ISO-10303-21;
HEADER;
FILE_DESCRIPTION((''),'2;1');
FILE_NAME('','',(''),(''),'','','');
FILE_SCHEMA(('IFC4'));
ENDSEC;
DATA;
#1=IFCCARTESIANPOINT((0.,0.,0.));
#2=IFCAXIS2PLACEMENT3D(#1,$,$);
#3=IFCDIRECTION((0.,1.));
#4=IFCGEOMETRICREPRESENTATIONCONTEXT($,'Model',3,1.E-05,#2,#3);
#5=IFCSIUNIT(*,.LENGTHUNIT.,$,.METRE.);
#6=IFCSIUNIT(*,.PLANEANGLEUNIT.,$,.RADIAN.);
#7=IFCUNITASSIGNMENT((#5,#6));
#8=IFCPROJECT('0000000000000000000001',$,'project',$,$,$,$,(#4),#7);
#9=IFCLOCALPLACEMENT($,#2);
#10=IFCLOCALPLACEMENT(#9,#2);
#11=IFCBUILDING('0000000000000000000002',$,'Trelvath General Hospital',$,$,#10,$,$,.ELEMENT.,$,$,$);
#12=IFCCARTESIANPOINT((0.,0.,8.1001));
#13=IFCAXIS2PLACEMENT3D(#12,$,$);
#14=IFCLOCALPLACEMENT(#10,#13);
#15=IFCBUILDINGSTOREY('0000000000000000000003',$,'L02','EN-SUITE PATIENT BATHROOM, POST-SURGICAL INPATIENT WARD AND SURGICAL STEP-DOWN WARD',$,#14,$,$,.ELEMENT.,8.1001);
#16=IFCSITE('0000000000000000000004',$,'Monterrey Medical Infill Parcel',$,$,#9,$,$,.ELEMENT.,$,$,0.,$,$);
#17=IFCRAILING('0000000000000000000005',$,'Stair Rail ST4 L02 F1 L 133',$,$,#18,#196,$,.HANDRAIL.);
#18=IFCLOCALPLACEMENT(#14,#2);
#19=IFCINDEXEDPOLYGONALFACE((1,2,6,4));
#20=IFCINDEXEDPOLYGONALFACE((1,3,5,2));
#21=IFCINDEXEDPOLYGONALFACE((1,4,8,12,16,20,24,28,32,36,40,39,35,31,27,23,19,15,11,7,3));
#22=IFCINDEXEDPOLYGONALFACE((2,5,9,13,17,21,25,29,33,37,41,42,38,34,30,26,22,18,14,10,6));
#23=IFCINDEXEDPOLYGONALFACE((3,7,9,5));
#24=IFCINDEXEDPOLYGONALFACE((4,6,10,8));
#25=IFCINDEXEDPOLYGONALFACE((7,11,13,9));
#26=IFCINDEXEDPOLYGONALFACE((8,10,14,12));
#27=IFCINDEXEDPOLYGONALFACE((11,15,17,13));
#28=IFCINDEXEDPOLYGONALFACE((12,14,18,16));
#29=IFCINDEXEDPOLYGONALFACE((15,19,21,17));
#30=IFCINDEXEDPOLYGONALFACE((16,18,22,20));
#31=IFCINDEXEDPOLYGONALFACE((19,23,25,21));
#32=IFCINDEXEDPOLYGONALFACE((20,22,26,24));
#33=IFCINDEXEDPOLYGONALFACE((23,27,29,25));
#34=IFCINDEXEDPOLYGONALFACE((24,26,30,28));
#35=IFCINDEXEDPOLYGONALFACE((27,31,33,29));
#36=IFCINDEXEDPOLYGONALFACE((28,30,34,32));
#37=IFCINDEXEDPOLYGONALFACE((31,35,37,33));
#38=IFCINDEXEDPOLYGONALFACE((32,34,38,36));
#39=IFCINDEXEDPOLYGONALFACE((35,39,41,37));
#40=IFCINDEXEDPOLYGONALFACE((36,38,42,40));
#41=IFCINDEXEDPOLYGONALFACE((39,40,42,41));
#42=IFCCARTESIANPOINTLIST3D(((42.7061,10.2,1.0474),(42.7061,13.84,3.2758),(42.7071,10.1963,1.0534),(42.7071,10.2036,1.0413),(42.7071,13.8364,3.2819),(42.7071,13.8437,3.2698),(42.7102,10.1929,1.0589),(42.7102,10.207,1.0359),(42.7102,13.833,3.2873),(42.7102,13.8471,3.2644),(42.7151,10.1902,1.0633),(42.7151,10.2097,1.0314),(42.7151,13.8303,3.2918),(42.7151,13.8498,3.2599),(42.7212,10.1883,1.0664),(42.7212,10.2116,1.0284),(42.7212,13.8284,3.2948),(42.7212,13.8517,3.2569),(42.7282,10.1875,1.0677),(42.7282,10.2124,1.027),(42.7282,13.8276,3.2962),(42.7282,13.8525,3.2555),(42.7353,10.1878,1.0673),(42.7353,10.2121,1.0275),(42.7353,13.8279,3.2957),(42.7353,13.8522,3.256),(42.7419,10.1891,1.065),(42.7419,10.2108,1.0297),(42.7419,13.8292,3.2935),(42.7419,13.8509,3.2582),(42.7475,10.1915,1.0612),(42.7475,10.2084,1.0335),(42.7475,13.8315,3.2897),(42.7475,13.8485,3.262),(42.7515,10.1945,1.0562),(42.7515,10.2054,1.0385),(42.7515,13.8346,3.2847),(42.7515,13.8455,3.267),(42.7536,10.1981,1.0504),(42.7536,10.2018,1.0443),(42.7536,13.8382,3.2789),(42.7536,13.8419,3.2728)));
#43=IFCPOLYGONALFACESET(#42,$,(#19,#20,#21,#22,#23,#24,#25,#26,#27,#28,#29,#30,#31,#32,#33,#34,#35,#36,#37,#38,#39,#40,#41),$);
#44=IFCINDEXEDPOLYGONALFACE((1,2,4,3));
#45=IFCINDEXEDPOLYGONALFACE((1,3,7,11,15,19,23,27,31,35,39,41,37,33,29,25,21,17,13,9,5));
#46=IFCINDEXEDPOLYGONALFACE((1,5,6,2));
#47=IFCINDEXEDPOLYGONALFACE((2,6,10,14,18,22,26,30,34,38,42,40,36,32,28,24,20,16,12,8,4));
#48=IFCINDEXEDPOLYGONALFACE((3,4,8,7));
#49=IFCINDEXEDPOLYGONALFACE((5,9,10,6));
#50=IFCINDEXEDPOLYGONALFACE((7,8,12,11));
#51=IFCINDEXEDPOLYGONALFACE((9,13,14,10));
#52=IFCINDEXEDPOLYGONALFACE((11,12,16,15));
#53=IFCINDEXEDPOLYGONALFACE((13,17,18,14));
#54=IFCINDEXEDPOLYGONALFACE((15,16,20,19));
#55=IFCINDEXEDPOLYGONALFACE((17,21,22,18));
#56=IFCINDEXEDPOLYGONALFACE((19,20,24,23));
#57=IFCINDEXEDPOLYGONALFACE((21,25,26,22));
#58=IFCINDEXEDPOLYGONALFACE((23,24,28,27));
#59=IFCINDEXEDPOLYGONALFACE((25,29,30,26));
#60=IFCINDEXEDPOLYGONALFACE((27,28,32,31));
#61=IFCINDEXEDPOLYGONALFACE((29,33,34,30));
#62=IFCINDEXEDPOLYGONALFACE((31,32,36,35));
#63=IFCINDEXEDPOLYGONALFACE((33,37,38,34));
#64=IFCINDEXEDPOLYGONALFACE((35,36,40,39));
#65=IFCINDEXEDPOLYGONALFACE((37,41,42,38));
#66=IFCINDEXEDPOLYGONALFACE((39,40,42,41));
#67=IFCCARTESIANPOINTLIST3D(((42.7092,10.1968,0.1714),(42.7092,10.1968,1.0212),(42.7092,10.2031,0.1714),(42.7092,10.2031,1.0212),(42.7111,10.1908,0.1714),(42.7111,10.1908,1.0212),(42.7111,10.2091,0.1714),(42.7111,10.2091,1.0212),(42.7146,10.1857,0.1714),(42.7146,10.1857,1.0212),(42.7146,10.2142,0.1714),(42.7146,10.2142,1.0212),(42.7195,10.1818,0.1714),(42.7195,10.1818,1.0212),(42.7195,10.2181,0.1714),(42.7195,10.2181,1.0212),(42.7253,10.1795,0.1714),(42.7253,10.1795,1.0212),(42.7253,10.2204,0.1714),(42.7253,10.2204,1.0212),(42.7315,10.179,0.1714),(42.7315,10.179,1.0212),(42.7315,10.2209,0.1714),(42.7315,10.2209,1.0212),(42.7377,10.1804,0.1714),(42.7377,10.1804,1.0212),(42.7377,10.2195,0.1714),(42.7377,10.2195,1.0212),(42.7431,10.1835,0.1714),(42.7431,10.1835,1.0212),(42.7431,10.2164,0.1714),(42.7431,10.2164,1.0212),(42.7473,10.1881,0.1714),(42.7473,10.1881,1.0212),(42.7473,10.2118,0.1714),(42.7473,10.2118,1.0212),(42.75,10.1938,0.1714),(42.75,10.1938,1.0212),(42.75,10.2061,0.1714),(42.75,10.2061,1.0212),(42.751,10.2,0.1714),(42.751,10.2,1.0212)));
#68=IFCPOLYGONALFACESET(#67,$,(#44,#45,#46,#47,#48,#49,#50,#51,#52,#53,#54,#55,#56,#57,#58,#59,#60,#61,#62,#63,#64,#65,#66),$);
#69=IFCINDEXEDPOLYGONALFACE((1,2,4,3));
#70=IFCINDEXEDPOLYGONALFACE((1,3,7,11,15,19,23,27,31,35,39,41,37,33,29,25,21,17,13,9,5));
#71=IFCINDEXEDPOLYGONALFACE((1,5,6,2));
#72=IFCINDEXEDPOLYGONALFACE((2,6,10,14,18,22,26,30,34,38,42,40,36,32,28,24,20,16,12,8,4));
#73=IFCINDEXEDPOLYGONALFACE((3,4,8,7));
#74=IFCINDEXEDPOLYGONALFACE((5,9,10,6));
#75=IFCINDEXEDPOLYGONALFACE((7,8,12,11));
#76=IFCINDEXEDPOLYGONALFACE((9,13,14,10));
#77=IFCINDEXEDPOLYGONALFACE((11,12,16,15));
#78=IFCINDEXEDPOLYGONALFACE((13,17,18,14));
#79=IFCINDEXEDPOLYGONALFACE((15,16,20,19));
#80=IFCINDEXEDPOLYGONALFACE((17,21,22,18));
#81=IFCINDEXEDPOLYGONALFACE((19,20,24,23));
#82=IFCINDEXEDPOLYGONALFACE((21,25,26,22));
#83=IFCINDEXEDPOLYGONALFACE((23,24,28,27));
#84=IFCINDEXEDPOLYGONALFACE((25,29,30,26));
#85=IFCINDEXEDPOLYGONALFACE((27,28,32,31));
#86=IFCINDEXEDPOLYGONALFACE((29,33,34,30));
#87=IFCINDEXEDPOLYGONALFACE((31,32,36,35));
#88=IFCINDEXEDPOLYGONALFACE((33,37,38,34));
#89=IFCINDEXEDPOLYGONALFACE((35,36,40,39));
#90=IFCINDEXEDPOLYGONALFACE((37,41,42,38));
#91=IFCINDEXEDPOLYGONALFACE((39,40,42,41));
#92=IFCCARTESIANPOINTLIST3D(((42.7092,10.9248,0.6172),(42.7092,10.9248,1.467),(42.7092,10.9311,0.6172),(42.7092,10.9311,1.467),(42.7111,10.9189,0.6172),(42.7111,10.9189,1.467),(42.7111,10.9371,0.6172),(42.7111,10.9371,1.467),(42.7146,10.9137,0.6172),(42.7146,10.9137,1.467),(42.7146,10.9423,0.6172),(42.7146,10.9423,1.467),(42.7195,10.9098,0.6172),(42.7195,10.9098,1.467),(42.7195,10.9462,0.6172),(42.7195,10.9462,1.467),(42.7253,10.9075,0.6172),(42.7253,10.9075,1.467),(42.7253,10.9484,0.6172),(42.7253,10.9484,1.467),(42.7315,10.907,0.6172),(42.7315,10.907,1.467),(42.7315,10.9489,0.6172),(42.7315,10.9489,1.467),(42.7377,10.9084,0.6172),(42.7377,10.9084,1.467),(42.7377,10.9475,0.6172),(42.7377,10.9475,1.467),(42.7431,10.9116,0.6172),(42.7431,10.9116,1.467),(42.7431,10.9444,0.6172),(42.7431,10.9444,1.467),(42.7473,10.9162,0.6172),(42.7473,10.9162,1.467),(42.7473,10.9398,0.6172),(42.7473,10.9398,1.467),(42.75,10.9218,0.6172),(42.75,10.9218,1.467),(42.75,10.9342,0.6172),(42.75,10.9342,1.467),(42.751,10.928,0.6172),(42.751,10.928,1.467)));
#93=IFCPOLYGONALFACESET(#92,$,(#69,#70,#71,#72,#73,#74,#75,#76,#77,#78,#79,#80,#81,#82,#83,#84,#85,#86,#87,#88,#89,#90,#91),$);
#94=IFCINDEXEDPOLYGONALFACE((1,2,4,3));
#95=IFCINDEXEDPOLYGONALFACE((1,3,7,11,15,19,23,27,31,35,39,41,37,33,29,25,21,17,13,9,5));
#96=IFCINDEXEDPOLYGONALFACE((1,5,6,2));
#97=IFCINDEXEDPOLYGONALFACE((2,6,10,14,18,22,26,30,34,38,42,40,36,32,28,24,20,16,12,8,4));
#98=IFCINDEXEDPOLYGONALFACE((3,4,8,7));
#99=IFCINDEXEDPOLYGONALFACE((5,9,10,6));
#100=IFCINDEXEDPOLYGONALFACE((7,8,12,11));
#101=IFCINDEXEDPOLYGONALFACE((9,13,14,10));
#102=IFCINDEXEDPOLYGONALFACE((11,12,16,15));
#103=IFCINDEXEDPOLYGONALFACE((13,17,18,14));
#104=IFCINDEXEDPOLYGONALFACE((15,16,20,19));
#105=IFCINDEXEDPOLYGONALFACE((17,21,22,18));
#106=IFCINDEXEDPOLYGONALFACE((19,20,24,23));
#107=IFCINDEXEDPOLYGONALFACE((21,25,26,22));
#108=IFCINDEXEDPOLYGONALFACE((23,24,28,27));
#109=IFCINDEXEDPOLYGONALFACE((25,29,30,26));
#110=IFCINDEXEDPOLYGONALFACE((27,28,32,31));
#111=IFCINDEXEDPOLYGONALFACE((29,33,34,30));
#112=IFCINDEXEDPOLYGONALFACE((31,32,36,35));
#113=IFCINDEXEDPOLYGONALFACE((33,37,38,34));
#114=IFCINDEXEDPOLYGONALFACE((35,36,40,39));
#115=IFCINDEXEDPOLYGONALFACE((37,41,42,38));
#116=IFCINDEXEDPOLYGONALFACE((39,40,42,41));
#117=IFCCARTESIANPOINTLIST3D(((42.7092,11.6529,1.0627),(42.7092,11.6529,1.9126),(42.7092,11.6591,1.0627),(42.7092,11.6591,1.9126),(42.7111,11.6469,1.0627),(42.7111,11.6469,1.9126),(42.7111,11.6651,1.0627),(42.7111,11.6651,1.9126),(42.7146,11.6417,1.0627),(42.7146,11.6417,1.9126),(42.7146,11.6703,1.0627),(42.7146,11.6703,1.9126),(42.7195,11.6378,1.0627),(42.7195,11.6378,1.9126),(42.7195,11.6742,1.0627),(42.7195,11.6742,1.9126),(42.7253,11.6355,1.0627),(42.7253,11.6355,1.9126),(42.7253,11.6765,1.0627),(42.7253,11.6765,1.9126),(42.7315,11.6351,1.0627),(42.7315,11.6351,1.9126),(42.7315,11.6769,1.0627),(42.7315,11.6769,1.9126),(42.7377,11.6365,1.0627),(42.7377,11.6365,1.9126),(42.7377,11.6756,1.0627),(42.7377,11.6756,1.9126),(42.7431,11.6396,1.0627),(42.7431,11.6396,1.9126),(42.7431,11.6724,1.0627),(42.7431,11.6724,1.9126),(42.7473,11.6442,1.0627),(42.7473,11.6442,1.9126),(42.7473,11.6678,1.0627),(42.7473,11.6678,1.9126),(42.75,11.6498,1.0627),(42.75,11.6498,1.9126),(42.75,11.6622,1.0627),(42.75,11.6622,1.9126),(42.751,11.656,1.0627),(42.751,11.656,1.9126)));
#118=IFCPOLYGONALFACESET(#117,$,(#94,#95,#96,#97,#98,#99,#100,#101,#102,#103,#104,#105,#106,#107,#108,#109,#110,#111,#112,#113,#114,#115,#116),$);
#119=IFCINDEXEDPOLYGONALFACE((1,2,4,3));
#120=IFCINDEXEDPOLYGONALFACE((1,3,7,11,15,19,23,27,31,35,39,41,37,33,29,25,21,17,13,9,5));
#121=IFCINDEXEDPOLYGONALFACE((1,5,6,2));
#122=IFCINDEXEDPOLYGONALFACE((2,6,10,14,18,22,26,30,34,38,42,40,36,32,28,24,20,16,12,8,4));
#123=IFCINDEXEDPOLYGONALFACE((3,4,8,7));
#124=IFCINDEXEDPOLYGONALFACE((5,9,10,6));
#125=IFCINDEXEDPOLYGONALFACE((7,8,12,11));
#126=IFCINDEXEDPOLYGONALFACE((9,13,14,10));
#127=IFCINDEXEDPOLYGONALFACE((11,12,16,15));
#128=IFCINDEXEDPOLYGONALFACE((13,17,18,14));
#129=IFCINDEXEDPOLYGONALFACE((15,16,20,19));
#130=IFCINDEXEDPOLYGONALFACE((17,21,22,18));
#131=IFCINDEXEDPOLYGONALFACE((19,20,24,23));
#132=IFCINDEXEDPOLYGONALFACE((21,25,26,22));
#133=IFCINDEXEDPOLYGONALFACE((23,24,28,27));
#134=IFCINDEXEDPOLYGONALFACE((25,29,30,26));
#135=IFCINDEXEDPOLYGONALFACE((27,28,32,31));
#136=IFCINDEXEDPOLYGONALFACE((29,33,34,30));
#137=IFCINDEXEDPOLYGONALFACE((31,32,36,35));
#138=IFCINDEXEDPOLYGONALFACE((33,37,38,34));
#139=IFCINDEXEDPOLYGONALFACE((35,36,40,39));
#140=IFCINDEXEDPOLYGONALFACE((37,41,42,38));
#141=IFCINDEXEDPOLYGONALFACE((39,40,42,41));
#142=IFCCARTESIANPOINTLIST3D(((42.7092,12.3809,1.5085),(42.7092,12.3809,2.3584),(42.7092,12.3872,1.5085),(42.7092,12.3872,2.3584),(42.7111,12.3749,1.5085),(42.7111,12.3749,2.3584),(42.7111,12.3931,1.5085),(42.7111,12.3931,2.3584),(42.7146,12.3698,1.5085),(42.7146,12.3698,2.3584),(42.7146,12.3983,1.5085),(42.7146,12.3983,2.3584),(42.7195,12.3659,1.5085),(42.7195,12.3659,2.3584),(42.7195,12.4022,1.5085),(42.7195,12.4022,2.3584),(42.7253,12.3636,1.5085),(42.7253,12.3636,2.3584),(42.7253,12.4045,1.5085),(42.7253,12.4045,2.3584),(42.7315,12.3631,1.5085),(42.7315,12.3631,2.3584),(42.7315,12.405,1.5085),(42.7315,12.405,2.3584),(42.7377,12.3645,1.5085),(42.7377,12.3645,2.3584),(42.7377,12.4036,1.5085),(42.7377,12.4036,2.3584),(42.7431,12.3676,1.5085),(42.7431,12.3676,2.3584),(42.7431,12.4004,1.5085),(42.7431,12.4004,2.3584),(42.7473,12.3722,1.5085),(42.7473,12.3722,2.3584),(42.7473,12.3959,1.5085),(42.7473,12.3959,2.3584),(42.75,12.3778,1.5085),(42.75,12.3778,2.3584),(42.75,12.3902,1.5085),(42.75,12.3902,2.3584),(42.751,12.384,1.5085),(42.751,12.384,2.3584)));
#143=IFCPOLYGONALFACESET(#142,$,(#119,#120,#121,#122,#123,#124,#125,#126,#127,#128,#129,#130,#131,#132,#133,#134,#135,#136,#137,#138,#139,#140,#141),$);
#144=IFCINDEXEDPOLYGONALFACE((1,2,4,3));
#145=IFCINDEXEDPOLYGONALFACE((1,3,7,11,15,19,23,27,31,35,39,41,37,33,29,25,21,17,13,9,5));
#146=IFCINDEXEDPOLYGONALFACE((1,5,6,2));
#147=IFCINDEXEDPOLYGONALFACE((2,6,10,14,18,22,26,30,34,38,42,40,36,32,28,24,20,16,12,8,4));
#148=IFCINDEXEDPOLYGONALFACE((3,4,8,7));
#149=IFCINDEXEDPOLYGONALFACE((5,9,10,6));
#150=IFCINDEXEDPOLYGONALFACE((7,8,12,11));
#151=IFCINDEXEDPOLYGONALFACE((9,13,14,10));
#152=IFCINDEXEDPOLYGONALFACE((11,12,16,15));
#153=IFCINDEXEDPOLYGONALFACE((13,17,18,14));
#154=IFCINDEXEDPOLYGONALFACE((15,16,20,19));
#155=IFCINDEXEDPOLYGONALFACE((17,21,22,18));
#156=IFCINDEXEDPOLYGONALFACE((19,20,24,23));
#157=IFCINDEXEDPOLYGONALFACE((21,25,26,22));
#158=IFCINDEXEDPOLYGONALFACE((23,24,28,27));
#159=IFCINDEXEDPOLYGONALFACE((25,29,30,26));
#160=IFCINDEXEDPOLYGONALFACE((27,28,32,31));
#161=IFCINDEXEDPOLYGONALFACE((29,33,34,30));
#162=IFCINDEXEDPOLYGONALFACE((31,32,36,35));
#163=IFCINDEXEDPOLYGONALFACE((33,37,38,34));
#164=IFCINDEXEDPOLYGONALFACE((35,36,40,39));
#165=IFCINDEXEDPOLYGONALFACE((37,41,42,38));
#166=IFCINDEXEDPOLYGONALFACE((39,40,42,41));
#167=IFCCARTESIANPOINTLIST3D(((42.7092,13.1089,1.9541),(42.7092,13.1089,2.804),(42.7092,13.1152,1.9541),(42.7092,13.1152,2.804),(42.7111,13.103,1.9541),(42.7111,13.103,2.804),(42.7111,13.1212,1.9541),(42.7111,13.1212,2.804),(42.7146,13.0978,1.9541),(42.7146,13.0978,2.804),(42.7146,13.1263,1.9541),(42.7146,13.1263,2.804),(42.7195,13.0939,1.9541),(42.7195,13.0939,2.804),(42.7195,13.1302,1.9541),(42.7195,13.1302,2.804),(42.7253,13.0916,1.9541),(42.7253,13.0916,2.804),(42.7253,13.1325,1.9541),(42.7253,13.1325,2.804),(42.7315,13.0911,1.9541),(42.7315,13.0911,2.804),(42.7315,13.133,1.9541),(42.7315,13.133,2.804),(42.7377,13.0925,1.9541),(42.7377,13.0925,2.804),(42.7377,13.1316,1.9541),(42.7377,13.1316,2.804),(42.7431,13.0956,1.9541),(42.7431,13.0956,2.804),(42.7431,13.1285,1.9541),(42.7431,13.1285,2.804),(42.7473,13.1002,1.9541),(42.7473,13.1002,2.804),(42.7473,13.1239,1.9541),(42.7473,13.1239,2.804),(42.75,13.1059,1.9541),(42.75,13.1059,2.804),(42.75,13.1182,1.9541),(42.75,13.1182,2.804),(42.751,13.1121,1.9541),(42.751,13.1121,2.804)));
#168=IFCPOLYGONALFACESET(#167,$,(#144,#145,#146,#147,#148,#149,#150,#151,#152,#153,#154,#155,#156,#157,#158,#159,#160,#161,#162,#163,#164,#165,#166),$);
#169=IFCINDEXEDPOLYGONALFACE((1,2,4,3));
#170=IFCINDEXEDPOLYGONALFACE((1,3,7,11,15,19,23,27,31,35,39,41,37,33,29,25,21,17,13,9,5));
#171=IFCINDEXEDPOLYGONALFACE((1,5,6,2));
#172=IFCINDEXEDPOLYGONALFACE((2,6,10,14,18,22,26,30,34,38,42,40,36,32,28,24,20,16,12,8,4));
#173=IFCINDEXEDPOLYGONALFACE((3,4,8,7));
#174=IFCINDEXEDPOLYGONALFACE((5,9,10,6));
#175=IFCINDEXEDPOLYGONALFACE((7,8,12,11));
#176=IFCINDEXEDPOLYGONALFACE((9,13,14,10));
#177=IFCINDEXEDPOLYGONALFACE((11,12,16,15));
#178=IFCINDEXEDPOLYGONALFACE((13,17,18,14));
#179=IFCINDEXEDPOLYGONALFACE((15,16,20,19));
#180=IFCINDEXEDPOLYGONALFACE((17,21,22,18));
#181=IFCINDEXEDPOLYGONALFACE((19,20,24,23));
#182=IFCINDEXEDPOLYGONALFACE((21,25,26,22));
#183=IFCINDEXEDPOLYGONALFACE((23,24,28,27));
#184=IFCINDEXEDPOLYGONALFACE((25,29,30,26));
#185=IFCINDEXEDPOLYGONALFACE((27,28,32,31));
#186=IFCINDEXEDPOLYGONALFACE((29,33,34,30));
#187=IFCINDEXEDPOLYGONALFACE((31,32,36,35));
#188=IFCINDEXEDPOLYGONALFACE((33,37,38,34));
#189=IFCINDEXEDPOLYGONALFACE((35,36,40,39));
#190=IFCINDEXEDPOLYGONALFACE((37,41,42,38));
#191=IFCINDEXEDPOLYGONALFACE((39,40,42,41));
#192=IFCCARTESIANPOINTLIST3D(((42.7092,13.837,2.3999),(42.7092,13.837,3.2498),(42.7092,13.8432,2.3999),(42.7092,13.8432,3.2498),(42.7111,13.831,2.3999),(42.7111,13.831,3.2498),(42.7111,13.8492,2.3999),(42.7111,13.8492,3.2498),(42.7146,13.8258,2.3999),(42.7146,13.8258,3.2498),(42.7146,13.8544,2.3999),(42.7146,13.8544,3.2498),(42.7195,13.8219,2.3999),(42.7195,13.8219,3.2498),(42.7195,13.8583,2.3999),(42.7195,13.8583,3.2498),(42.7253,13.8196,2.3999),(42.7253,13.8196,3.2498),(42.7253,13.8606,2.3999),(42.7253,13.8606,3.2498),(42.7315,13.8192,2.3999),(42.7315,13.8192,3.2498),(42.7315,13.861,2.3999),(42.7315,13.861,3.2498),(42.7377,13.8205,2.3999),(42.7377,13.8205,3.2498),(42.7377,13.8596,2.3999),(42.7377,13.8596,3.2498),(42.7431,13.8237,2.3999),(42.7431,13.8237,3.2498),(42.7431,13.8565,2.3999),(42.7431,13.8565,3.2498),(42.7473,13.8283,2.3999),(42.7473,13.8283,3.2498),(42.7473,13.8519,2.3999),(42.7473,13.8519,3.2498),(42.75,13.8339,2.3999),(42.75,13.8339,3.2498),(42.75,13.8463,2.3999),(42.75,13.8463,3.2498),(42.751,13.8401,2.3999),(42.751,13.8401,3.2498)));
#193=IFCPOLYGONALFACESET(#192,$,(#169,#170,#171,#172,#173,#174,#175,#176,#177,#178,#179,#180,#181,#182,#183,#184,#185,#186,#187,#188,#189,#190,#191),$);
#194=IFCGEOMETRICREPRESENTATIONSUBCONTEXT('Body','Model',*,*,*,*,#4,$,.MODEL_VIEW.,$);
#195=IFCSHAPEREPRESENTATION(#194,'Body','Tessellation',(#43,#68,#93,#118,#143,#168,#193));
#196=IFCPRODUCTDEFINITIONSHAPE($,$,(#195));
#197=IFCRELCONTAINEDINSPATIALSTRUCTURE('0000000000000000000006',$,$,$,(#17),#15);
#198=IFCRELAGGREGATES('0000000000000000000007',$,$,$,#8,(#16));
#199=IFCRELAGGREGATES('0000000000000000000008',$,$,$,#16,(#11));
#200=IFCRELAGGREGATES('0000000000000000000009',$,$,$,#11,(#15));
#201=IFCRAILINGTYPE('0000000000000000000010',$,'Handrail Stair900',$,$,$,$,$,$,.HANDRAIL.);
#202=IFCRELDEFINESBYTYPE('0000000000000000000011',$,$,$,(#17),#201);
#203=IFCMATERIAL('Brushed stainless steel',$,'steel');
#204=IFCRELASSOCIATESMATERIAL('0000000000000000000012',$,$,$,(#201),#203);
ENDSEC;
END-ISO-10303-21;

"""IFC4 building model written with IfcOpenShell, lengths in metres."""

from ifc_helpers import new_model, si_unit, direction, frame, origin, origin_2d, place, context, subcontext, project, spatial, circle, extrude, material, type_object, element, save


model = new_model("IFC4")

# Units and contexts
model_context = context("Model", 3, precision=1e-05, world=origin(), true_north=direction((0.0, 1.0)))
body_context = subcontext(model_context, "Body", "Model", "MODEL_VIEW")
ifc_project = project(units=[si_unit("LENGTHUNIT", "METRE"), si_unit("PLANEANGLEUNIT", "RADIAN")], contexts=[model_context])

# Site, building, storey
site_placement = place(None, origin())
site = spatial("IfcSite", under=ifc_project, at=site_placement, Name="Monterrey Medical Infill Parcel", CompositionType="ELEMENT", RefElevation=0.0)
building_placement = place(site_placement, origin())
building = spatial("IfcBuilding", under=site, at=building_placement, Name="Trelvath General Hospital", CompositionType="ELEMENT")
storey_placement = place(building_placement, frame((0.0, 0.0, 8.1001)))
storey = spatial("IfcBuildingStorey", under=building, at=storey_placement, Name="L02", Description="EN-SUITE PATIENT BATHROOM, POST-SURGICAL INPATIENT WARD AND SURGICAL STEP-DOWN WARD", CompositionType="ELEMENT", Elevation=8.1001)

# Railing
ifc_material_1 = material(Name="Brushed stainless steel", Category="steel")
railing_type = type_object("IfcRailingType", Name="Handrail Stair900", PredefinedType="HANDRAIL", material=ifc_material_1)
railing_placement = place(storey_placement, frame((42.73, 10.2, 0.1714)))
element("IfcRailing", 1, at=railing_placement, inside=storey, type_object=railing_type, Name="Stair Rail ST4 L02 F1 L 133", PredefinedType="HANDRAIL", context=body_context, shape_type="SweptSolid", body=[
    extrude(circle(Radius=0.0239, at=origin_2d()), frame((0.0, 0.0, 0.876), z_axis=(0.0, 0.852866, 0.52213), x_axis=(-1.0, 0.0, 0.0)), (0.0, 0.0, 1.0), 4.2681),
    extrude(circle(Radius=0.021, at=origin_2d()), origin(), (0.0, 0.0, 1.0), 0.8499),
    extrude(circle(Radius=0.021, at=origin_2d()), frame((0.0, 0.728, 0.4458)), (0.0, 0.0, 1.0), 0.8499),
    extrude(circle(Radius=0.021, at=origin_2d()), frame((0.0, 1.4561, 0.8914)), (0.0, 0.0, 1.0), 0.8499),
    extrude(circle(Radius=0.021, at=origin_2d()), frame((0.0, 2.1841, 1.3372)), (0.0, 0.0, 1.0), 0.8499),
    extrude(circle(Radius=0.021, at=origin_2d()), frame((0.0, 2.9121, 1.7827)), (0.0, 0.0, 1.0), 0.8499),
    extrude(circle(Radius=0.021, at=origin_2d()), frame((0.0, 3.6401, 2.2285)), (0.0, 0.0, 1.0), 0.8499),
])

save(model, "model.ifc")
